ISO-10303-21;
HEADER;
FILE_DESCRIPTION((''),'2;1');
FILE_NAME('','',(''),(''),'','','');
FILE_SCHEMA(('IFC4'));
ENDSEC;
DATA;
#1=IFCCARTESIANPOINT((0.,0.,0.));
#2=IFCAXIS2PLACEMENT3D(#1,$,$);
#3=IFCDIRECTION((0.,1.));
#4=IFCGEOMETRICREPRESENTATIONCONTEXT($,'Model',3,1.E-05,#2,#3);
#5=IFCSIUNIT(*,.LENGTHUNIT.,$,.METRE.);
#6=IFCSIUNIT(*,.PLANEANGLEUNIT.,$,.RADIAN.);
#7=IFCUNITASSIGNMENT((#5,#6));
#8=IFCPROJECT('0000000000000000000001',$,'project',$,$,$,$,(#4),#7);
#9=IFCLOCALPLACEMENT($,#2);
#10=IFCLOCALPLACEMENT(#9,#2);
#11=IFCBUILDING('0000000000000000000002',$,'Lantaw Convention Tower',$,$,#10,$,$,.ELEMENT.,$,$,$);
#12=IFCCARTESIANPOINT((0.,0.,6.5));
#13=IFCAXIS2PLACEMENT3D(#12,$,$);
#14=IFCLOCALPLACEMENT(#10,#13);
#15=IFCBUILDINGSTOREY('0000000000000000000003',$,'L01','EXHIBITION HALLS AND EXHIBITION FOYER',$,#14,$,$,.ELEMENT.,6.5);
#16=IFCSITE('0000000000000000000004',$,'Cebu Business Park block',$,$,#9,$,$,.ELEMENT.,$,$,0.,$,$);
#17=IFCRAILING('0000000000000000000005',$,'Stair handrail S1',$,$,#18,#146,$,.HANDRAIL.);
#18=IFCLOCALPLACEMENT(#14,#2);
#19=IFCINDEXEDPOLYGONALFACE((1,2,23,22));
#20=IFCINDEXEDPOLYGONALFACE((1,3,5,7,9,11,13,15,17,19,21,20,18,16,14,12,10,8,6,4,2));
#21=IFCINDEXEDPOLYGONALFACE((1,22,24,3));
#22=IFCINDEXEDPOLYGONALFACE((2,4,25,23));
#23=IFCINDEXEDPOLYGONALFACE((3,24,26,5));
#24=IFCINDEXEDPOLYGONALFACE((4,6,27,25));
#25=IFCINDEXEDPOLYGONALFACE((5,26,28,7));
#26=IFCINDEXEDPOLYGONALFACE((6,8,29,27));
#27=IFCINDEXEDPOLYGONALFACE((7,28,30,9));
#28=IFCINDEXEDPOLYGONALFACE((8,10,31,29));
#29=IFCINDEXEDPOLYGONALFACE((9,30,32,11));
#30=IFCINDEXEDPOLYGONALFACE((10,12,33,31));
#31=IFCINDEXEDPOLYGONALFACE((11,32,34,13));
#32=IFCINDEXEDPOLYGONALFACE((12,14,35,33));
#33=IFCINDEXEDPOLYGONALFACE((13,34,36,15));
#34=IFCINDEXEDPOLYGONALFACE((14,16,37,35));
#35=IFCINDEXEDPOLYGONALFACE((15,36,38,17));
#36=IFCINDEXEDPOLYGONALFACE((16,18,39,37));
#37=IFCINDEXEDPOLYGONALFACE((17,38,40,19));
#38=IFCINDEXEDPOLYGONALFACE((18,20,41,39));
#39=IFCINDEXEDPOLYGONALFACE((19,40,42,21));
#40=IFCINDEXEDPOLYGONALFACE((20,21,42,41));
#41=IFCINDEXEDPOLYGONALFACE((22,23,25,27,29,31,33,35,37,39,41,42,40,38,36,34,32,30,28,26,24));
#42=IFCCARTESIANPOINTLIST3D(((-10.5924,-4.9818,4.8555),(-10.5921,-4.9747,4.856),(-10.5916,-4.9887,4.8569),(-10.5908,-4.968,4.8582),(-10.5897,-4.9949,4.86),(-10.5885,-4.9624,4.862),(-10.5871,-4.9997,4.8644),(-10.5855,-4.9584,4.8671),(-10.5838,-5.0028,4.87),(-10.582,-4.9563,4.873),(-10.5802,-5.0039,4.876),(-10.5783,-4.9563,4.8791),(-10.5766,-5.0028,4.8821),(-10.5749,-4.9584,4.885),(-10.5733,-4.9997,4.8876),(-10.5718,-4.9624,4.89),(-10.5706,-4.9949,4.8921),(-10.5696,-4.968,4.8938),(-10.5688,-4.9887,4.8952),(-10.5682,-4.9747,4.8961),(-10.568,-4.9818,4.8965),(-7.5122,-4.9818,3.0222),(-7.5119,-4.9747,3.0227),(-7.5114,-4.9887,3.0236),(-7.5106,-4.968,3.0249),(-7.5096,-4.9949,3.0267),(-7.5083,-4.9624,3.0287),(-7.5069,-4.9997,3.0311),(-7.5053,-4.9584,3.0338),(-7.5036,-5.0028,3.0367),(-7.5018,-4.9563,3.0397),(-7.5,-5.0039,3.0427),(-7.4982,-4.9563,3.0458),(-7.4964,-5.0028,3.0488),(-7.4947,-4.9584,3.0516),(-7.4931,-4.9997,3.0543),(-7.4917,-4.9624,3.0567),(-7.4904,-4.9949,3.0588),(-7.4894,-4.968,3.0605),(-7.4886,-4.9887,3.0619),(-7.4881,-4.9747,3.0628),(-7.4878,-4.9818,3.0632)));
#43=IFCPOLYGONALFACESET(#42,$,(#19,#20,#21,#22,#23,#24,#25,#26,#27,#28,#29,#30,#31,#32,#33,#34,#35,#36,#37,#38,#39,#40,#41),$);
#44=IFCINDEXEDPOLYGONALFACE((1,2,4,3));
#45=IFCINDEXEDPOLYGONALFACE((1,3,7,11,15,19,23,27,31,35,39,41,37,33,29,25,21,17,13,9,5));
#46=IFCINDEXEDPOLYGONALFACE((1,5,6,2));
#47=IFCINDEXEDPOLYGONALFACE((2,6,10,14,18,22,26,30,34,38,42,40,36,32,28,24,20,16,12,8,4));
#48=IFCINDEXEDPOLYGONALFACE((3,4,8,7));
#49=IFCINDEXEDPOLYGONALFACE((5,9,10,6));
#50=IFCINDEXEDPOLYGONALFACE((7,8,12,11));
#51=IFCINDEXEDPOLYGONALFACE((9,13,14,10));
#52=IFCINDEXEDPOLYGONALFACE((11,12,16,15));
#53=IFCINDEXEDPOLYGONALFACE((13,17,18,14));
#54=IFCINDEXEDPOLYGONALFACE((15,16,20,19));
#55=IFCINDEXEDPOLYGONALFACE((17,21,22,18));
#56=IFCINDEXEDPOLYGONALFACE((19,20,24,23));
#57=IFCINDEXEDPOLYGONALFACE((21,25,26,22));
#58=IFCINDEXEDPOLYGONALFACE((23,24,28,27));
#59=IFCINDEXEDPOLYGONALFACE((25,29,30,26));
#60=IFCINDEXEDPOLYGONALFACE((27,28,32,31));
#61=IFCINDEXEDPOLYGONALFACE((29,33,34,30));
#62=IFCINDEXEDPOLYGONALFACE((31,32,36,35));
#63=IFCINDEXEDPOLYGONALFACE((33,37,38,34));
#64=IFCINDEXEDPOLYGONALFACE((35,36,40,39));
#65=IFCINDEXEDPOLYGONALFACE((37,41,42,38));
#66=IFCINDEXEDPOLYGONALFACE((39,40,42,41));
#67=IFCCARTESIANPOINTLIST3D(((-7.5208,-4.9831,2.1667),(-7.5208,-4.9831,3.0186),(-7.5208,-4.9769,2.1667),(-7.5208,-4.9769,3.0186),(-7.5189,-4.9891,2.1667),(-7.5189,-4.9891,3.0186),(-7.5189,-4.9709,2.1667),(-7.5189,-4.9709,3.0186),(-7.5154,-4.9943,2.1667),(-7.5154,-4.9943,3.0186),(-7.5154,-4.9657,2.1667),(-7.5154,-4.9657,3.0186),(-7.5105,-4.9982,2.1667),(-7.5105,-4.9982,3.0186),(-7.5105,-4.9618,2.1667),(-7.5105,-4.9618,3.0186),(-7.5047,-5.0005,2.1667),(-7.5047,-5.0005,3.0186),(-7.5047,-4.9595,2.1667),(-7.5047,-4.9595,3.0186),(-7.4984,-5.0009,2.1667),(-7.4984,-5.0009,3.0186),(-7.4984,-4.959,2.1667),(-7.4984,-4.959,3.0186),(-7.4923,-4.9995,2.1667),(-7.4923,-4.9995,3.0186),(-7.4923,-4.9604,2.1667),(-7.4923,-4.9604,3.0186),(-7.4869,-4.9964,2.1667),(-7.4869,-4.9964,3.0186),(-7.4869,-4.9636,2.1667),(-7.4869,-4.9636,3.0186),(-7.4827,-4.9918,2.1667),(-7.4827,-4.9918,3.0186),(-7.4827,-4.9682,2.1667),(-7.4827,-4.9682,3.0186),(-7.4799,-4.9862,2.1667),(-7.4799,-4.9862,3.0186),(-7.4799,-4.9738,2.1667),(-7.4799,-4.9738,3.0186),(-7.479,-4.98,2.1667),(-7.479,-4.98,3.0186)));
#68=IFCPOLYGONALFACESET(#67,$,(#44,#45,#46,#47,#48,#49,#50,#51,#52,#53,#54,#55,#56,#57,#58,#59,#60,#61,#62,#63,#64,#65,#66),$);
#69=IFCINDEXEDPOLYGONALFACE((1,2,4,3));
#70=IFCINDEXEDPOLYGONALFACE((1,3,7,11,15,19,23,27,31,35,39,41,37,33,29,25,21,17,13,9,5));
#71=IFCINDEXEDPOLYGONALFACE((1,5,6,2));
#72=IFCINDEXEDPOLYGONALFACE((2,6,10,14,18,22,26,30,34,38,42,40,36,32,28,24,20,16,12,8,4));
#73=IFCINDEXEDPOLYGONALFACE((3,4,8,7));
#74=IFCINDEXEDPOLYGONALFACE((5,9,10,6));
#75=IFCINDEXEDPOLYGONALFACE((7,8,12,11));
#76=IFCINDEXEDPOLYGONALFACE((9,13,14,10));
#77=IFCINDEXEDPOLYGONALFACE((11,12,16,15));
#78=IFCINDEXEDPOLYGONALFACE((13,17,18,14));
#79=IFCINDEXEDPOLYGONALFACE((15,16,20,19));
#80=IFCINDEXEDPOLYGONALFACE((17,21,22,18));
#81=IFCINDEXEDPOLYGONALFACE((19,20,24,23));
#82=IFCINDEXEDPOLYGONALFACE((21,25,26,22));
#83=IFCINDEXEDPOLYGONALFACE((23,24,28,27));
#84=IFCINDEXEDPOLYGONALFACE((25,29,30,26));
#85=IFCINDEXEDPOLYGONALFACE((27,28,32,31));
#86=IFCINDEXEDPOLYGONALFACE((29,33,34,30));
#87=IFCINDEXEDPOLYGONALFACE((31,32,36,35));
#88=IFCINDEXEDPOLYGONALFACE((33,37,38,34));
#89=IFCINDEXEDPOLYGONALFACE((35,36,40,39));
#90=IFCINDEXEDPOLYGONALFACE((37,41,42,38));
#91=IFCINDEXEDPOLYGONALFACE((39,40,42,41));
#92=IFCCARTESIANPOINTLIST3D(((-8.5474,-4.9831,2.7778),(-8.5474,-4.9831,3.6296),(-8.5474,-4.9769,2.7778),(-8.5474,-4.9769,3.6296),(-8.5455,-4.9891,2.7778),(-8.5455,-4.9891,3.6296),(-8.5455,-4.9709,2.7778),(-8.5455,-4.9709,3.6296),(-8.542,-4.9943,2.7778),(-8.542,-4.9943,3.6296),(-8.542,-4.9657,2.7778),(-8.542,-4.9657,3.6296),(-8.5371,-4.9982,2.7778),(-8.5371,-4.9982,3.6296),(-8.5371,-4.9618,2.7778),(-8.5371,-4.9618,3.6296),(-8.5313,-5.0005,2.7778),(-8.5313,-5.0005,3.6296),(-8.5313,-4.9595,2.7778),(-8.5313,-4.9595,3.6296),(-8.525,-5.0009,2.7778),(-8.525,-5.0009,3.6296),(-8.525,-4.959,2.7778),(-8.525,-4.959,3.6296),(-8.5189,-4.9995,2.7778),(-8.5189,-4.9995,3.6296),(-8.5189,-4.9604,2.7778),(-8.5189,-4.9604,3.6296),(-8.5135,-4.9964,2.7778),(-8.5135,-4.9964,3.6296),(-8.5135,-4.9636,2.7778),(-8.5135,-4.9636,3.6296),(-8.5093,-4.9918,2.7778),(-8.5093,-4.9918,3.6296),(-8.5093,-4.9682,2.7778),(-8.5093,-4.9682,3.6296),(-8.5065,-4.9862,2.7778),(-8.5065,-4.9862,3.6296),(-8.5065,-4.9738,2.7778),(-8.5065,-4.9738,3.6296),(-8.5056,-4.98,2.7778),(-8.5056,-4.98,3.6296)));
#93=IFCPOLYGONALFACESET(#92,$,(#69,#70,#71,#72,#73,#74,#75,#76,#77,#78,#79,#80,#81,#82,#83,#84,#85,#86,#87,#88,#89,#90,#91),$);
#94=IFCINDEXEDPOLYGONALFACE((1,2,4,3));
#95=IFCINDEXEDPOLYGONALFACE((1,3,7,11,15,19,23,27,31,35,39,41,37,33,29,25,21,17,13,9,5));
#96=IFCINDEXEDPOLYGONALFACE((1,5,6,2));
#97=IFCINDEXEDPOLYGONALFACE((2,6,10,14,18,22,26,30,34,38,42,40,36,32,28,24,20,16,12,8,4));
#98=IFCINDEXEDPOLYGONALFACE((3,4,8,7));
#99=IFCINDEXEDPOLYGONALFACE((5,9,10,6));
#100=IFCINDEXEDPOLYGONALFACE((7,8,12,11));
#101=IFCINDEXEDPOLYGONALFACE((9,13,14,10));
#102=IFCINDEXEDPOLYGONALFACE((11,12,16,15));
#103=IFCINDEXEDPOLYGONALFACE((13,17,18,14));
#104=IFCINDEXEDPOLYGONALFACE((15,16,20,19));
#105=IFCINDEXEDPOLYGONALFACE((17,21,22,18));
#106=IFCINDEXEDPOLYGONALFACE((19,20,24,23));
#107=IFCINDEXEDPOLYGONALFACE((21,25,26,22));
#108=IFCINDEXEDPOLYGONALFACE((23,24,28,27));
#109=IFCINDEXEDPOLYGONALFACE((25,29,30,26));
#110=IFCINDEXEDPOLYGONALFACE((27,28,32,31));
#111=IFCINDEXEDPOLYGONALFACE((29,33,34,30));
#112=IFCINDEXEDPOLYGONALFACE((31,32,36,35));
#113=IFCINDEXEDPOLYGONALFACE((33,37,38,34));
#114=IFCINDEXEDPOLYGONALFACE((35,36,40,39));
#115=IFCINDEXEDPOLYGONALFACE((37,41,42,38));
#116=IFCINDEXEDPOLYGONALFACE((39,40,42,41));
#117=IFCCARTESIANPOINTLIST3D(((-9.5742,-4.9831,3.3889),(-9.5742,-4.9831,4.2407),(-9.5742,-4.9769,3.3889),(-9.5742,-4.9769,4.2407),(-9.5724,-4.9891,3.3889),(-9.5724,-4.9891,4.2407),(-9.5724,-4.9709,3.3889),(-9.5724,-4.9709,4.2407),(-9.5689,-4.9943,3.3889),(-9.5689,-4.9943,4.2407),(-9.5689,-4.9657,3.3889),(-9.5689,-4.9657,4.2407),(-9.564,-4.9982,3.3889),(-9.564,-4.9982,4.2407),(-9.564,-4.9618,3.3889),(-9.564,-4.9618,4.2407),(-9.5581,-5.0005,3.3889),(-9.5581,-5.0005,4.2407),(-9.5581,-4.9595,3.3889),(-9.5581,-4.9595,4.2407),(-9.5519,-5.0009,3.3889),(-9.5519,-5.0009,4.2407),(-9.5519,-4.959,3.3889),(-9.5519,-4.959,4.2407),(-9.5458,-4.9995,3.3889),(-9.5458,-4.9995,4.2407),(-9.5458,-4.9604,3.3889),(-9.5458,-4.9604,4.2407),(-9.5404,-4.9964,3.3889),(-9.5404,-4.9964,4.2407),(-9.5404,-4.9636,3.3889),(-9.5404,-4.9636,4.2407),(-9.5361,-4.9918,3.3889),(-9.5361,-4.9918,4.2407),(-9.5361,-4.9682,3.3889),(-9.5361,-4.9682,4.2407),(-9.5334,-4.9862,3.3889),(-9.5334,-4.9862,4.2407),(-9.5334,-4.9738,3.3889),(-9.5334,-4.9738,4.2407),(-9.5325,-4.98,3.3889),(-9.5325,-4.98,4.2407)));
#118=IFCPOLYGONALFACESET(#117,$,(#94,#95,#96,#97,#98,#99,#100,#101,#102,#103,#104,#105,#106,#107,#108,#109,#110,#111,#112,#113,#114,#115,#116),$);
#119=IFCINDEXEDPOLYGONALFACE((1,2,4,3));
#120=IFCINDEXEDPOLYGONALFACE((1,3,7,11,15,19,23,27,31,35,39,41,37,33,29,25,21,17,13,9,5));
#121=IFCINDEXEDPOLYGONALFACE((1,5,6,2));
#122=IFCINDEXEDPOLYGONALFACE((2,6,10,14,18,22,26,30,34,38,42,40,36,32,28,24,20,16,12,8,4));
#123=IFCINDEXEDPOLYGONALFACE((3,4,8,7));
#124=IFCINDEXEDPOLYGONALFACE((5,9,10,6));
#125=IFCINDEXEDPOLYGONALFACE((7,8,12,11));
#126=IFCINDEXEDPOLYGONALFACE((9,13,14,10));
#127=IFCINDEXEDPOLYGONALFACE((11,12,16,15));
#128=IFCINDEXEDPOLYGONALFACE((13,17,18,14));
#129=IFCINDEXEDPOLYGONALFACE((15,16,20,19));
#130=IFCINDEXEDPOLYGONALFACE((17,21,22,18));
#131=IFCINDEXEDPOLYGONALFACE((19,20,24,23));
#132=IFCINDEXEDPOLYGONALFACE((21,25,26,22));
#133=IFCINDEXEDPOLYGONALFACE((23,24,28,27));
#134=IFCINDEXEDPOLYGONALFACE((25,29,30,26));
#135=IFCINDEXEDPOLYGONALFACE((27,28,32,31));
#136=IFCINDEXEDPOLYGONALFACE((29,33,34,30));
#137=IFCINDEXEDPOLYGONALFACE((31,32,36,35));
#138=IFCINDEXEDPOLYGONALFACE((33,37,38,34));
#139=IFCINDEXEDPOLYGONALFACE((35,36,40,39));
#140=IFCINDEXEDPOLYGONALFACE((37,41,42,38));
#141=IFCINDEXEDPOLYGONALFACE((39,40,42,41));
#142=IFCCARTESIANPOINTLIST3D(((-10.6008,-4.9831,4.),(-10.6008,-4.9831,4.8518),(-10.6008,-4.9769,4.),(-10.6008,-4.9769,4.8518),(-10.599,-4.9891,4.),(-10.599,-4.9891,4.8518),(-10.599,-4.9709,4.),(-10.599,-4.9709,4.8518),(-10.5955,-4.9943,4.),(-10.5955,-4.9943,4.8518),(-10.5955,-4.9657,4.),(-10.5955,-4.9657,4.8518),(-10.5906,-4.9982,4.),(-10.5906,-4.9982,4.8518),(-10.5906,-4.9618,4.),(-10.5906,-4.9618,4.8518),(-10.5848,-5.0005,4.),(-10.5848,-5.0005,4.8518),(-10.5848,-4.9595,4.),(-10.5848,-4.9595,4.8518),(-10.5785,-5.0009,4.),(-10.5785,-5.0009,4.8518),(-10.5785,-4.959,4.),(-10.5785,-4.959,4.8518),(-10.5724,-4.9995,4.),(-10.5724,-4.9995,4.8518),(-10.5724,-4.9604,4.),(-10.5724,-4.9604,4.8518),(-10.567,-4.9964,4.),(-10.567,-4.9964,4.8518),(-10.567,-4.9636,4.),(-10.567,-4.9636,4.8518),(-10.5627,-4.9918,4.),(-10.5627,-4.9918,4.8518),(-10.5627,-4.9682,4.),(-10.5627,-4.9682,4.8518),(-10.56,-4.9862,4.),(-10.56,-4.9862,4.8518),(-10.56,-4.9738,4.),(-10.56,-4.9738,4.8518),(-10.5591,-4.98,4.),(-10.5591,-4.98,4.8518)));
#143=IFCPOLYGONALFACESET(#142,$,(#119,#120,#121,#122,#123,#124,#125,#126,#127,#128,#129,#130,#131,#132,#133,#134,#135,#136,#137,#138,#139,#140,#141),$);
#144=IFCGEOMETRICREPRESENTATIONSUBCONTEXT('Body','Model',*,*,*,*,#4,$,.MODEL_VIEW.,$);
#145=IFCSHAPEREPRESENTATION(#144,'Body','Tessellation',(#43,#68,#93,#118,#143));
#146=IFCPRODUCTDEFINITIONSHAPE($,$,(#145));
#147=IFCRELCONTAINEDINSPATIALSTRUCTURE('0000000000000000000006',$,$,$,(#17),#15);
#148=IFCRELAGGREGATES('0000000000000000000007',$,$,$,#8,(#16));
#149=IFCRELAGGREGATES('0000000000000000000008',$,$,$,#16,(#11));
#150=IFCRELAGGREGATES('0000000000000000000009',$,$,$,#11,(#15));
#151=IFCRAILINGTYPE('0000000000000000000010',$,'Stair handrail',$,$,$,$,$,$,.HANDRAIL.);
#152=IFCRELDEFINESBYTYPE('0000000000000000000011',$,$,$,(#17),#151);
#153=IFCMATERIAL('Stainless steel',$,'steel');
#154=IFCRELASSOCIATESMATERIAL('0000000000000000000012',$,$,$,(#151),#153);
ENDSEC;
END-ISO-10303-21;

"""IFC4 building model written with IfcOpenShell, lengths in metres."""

from ifc_helpers import new_model, si_unit, direction, frame, origin, origin_2d, place, context, subcontext, project, spatial, circle, extrude, material, type_object, element, save


model = new_model("IFC4")

# Units and contexts
model_context = context("Model", 3, precision=1e-05, world=origin(), true_north=direction((0.0, 1.0)))
body_context = subcontext(model_context, "Body", "Model", "MODEL_VIEW")
ifc_project = project(units=[si_unit("LENGTHUNIT", "METRE"), si_unit("PLANEANGLEUNIT", "RADIAN")], contexts=[model_context])

# Site, building, storey
site_placement = place(None, origin())
site = spatial("IfcSite", under=ifc_project, at=site_placement, Name="Cebu Business Park block", CompositionType="ELEMENT", RefElevation=0.0)
building_placement = place(site_placement, origin())
building = spatial("IfcBuilding", under=site, at=building_placement, Name="Lantaw Convention Tower", CompositionType="ELEMENT")
storey_placement = place(building_placement, frame((0.0, 0.0, 6.5)))
storey = spatial("IfcBuildingStorey", under=building, at=storey_placement, Name="L01", Description="EXHIBITION HALLS AND EXHIBITION FOYER", CompositionType="ELEMENT", Elevation=6.5)

# Railing
ifc_material_1 = material(Name="Stainless steel", Category="steel")
railing_type = type_object("IfcRailingType", Name="Stair handrail", PredefinedType="HANDRAIL", material=ifc_material_1)
railing_1_placement = place(storey_placement, frame((-7.5, -4.98, 2.1667)))
element("IfcRailing", 1, at=railing_1_placement, inside=storey, type_object=railing_type, Name="Stair handrail S1", PredefinedType="HANDRAIL", context=body_context, shape_type="SweptSolid", body=[
    extrude(circle(Radius=0.0239, at=origin_2d()), frame((0.0, 0.0, 0.876), z_axis=(-0.859309, 0.0, 0.511458), x_axis=(0.0, -1.0, 0.0)), (0.0, 0.0, 1.0), 3.5845),
    extrude(circle(Radius=0.021, at=origin_2d()), origin(), (0.0, 0.0, 1.0), 0.8518),
    extrude(circle(Radius=0.021, at=origin_2d()), frame((-1.0266, 0.0, 0.6111)), (0.0, 0.0, 1.0), 0.8518),
    extrude(circle(Radius=0.021, at=origin_2d()), frame((-2.0535, 0.0, 1.2222)), (0.0, 0.0, 1.0), 0.8518),
    extrude(circle(Radius=0.021, at=origin_2d()), frame((-3.0801, 0.0, 1.8333)), (0.0, 0.0, 1.0), 0.8518),
])

save(model, "model.ifc")
